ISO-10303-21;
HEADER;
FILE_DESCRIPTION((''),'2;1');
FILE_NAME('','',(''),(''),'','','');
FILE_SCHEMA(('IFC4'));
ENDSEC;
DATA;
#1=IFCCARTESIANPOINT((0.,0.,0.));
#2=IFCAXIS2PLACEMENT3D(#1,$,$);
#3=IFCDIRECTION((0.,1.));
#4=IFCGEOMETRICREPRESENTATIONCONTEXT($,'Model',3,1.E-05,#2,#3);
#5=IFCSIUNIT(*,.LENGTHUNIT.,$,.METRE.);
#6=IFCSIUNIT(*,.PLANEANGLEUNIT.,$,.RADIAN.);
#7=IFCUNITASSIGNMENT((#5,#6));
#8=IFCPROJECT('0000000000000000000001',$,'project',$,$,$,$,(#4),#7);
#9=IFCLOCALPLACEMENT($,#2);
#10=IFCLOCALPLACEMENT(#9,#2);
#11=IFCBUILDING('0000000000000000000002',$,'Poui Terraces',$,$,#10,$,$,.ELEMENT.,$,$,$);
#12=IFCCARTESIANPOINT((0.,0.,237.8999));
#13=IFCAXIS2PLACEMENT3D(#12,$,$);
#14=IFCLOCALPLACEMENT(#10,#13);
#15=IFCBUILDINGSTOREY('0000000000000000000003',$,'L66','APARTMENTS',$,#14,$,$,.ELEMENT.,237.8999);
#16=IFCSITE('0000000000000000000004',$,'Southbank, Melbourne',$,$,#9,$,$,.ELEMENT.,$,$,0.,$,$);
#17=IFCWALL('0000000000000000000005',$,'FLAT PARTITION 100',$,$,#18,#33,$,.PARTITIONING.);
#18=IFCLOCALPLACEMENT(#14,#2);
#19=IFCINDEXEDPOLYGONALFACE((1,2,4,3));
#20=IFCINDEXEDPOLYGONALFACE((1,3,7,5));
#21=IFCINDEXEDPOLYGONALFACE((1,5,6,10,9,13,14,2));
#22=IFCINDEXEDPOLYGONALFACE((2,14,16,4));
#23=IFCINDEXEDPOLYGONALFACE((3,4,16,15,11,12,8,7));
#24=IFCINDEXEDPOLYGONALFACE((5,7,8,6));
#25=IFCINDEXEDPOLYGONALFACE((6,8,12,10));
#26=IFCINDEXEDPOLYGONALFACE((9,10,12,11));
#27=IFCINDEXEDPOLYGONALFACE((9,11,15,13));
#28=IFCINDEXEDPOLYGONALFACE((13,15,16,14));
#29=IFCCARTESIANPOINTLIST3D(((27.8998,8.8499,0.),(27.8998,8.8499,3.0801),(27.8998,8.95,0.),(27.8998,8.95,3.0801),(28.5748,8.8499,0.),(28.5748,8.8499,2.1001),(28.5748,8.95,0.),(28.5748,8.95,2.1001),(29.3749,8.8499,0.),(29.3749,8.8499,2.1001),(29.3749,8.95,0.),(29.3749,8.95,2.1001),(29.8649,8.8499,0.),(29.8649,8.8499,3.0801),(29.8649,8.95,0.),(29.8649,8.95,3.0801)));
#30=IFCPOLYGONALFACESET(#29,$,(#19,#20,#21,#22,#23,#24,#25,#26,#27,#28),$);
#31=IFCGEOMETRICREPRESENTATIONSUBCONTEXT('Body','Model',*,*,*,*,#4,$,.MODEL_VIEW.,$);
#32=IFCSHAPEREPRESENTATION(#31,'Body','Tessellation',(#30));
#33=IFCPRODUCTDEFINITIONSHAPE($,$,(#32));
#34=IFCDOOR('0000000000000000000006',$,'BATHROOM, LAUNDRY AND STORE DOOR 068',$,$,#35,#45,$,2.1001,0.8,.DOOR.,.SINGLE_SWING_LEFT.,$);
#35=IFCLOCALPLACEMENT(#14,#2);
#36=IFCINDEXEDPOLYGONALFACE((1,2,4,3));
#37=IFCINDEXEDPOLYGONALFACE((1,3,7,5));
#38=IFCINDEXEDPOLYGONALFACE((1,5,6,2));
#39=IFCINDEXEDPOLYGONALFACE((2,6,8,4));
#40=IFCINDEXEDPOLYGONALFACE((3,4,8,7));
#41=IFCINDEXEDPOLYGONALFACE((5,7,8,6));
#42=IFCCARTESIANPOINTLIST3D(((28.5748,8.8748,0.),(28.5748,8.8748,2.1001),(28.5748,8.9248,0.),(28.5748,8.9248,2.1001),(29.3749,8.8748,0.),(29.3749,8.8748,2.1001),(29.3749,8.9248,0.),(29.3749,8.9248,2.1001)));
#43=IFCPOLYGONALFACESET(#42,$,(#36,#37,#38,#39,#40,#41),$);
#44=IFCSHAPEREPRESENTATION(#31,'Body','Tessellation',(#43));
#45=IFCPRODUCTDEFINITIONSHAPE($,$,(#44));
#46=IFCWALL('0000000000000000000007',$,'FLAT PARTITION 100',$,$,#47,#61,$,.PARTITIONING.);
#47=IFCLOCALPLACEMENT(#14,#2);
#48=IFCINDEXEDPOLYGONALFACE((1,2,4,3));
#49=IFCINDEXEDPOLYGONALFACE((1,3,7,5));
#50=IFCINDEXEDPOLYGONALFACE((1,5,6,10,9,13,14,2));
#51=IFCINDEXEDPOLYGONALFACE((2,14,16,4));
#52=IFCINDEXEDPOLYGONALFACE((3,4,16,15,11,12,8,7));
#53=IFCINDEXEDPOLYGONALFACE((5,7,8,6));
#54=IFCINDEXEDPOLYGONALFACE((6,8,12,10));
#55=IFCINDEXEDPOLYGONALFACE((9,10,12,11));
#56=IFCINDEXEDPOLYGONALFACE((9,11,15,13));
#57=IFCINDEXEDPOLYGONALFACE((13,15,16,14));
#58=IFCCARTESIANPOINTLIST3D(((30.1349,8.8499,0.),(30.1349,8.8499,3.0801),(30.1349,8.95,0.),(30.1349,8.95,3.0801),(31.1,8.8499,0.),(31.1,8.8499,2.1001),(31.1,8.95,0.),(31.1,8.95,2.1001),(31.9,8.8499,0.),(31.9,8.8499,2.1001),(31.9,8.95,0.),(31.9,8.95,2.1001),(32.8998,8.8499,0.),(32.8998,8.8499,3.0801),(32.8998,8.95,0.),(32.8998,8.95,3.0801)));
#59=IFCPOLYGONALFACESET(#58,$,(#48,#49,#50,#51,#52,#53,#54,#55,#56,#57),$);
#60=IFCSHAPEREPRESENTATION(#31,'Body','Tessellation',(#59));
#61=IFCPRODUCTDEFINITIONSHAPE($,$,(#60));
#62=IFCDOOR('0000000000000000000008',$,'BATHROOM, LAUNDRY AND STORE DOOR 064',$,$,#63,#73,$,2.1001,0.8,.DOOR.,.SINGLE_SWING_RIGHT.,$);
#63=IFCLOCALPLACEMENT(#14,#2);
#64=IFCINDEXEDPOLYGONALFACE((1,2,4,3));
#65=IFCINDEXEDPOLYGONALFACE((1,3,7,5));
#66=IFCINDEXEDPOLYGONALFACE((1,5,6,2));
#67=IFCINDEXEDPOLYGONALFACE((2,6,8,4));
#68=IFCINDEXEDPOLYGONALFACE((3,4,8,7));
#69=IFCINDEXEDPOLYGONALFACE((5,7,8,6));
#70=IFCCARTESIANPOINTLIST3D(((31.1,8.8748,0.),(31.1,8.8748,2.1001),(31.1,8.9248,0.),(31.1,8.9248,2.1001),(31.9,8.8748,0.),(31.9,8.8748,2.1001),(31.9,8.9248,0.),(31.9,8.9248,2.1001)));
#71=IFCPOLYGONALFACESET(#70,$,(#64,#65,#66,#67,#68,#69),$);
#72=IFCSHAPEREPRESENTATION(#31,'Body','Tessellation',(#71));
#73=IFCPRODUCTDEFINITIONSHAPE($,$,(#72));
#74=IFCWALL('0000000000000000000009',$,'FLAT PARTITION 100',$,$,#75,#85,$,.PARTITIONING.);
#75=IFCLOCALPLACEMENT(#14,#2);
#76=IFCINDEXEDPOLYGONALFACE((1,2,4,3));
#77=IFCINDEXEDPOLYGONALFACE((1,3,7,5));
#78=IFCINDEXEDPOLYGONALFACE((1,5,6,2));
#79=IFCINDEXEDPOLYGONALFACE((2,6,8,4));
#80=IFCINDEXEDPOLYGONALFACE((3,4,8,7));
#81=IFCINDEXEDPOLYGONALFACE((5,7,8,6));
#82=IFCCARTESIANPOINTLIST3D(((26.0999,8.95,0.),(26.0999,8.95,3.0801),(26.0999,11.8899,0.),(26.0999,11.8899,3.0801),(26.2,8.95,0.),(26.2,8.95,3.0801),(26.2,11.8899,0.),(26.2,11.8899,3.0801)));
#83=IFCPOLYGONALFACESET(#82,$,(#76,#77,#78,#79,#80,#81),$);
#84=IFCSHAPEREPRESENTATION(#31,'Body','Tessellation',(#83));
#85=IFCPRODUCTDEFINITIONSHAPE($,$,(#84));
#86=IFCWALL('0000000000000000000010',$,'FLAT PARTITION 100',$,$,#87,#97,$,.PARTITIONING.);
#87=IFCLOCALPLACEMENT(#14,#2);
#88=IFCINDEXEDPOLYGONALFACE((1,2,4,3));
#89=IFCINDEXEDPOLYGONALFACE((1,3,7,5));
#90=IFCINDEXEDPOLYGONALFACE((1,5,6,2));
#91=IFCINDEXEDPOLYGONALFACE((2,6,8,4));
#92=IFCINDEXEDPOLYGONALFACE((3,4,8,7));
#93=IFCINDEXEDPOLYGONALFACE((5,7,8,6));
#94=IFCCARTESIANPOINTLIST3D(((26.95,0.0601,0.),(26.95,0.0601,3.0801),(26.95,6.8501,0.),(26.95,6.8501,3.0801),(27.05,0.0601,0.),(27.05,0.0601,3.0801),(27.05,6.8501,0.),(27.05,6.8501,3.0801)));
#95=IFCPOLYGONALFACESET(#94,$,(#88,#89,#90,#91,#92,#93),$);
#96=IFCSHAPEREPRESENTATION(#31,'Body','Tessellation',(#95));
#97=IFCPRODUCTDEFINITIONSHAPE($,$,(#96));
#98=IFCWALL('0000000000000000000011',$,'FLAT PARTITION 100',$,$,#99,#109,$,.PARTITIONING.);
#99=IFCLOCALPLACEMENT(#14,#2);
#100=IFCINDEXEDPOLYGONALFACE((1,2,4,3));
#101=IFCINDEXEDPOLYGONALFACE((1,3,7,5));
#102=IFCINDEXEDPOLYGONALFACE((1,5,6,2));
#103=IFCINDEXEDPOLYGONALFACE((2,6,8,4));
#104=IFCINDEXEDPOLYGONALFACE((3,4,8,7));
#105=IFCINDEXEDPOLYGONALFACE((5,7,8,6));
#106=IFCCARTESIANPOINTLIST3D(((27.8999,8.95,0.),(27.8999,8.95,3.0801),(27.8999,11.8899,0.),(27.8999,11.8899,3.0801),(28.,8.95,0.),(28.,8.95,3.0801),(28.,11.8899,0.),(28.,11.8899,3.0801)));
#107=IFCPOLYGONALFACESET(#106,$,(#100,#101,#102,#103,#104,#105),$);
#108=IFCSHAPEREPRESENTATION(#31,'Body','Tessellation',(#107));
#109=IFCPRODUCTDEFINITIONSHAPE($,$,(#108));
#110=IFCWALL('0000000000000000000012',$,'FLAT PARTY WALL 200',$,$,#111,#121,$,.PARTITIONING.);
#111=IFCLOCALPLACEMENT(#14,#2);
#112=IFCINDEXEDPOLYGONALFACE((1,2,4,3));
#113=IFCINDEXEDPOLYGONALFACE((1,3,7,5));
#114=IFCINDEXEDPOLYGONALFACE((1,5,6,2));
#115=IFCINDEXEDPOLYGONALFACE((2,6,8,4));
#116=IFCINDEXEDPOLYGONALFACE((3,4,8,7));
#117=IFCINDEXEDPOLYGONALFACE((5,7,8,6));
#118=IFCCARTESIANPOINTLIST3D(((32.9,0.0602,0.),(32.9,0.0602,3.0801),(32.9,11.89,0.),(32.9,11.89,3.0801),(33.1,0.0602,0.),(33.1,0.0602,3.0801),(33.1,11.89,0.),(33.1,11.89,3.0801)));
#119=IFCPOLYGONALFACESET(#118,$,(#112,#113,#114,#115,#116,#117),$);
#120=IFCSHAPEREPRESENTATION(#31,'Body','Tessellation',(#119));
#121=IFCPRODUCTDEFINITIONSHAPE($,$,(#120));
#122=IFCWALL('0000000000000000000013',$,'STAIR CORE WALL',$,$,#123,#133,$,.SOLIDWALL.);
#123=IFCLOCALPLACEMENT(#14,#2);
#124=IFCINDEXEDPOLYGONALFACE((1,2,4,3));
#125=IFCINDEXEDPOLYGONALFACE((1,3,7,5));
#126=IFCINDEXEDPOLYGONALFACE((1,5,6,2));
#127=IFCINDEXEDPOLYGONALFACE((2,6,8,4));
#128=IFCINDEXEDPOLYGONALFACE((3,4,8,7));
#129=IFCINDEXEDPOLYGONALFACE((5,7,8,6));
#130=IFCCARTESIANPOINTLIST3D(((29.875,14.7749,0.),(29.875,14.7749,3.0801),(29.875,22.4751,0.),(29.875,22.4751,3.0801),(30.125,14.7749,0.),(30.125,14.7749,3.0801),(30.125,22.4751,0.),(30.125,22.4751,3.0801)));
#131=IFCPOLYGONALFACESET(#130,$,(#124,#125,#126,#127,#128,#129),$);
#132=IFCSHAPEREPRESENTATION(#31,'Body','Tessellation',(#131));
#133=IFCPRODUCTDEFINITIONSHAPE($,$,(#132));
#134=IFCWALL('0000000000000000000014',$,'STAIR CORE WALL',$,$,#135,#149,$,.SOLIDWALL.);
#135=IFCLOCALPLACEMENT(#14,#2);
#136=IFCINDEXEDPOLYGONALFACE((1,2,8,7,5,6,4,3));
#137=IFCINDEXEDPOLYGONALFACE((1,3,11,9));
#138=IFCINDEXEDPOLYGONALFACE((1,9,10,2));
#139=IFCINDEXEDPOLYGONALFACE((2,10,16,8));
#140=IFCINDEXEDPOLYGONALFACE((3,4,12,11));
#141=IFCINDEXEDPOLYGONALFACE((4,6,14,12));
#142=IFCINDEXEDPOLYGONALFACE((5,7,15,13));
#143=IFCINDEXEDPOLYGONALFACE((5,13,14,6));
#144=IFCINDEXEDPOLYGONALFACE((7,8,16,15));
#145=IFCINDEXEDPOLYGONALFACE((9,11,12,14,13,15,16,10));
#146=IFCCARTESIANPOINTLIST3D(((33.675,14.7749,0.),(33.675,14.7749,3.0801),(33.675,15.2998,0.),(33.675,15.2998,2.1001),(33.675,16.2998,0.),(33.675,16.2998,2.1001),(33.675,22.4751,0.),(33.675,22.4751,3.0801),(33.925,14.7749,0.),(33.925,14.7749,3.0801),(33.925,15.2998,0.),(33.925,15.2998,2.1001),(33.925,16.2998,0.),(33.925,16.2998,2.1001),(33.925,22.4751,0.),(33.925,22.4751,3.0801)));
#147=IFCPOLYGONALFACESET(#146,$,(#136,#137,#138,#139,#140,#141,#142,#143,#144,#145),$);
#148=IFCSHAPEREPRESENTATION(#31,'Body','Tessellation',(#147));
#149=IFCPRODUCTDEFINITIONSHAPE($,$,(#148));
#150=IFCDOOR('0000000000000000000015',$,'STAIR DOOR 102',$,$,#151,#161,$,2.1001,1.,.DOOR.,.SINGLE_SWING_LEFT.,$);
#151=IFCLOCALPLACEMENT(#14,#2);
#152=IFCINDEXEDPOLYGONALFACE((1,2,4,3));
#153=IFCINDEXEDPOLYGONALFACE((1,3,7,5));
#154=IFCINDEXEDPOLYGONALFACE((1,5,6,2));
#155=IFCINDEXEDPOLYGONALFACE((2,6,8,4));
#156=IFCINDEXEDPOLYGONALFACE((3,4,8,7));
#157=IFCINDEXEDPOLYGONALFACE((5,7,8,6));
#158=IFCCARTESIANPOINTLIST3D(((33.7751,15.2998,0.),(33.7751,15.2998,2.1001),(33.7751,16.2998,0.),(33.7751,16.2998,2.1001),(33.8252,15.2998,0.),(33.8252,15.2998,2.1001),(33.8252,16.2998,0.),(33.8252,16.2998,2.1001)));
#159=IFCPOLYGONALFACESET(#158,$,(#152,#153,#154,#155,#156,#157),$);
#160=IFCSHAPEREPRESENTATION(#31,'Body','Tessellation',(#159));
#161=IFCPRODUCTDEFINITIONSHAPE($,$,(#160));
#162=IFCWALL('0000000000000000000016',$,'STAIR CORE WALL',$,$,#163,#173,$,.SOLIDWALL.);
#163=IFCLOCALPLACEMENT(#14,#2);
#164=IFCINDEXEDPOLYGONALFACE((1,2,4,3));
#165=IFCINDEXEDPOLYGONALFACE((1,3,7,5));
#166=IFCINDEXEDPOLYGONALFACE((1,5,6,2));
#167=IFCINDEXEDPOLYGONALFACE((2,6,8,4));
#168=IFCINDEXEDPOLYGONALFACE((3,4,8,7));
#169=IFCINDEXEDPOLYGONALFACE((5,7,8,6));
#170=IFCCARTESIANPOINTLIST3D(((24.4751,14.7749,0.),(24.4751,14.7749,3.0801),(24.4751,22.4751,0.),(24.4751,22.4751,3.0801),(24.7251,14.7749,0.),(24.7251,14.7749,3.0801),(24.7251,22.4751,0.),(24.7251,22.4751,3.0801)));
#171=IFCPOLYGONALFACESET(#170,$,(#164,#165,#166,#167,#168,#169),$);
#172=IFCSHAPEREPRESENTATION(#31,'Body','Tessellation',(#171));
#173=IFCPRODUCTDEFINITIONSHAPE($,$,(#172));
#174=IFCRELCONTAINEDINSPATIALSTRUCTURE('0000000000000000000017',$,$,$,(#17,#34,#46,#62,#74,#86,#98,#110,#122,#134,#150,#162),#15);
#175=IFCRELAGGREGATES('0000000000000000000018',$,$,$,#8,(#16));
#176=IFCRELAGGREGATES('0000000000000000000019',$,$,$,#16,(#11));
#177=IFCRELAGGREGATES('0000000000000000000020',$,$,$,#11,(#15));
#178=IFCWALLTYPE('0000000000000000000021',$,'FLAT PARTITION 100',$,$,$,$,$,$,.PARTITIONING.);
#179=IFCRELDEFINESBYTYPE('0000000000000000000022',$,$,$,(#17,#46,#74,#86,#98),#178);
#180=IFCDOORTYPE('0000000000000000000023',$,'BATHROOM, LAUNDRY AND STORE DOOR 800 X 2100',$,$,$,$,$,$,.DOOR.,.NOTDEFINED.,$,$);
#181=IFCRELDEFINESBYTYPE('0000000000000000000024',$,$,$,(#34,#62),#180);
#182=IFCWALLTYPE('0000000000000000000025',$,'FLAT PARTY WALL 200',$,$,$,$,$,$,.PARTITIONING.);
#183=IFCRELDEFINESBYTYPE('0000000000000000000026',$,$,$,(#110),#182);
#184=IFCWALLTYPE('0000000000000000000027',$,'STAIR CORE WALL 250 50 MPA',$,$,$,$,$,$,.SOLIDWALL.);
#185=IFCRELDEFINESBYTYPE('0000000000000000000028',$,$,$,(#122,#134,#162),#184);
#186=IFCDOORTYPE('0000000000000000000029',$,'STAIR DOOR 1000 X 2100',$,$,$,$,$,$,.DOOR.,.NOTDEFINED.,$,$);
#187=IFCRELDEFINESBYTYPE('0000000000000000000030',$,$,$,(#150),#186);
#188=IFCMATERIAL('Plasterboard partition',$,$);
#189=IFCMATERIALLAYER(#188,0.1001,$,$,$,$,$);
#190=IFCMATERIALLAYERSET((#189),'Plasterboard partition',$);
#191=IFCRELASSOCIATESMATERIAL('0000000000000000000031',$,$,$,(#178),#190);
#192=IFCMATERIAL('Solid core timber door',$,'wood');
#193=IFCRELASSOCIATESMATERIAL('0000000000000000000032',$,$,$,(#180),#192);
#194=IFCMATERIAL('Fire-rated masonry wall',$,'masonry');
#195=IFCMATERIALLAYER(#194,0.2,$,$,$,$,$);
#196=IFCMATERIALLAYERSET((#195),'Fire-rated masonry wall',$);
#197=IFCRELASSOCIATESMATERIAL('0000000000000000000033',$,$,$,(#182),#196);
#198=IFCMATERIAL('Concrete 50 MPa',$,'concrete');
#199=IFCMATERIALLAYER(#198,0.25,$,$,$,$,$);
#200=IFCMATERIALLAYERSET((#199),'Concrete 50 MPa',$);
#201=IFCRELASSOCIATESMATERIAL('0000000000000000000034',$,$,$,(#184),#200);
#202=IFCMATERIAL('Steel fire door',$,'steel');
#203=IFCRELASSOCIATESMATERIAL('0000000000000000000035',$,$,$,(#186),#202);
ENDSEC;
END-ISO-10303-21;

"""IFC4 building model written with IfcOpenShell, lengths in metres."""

from ifc_helpers import new_model, si_unit, direction, frame, frame_2d, origin, place, context, subcontext, project, spatial, rectangle, extrude, material, layer, layer_set, type_object, element, fill, save


model = new_model("IFC4")

# Units and contexts
model_context = context("Model", 3, precision=1e-05, world=origin(), true_north=direction((0.0, 1.0)))
body_context = subcontext(model_context, "Body", "Model", "MODEL_VIEW")
ifc_project = project(units=[si_unit("LENGTHUNIT", "METRE"), si_unit("PLANEANGLEUNIT", "RADIAN")], contexts=[model_context])

# Site, building, storey
site_placement = place(None, origin())
site = spatial("IfcSite", under=ifc_project, at=site_placement, Name="Southbank, Melbourne", CompositionType="ELEMENT", RefElevation=0.0)
building_placement = place(site_placement, origin())
building = spatial("IfcBuilding", under=site, at=building_placement, Name="Poui Terraces", CompositionType="ELEMENT")
storey_placement = place(building_placement, frame((0.0, 0.0, 237.8999)))
storey = spatial("IfcBuildingStorey", under=building, at=storey_placement, Name="L66", Description="APARTMENTS", CompositionType="ELEMENT", Elevation=237.8999)

# Shared definitions
ifc_material_1 = material(Name="Concrete 50 MPa", Category="concrete")

# Walls, openings, doors
ifc_material_2 = material(Name="Solid core timber door", Category="wood")
ifc_material_3 = material(Name="Plasterboard partition")
ifc_layer_1 = layer(ifc_material_3, 0.1001)
ifc_layer_set_1 = layer_set([ifc_layer_1], Name="Plasterboard partition")
wall_type_1 = type_object("IfcWallType", Name="FLAT PARTITION 100", PredefinedType="PARTITIONING", material=ifc_layer_set_1)
door_type_1 = type_object("IfcDoorType", Name="BATHROOM, LAUNDRY AND STORE DOOR 800 X 2100", OperationType="NOTDEFINED", PredefinedType="DOOR", material=ifc_material_2)
wall_1_placement = place(storey_placement, frame((27.8999, 8.8999, 0.0), z_axis=(0.0, 0.0, 1.0), x_axis=(1.0, 0.0, 0.0)))
wall_1 = element("IfcWall", 1, at=wall_1_placement, inside=storey, type_object=wall_type_1, Name="FLAT PARTITION 100", PredefinedType="PARTITIONING", context=body_context, shape_type="SweptSolid", body=[
    extrude(rectangle(XDim=1.9651, YDim=0.1001, at=frame_2d((0.9824, 0.0))), origin(), (0.0, 0.0, 1.0), 3.0801),
])
opening_1_placement = place(wall_1_placement, frame((0.675, 0.0, 0.0)))
opening_1 = element("IfcOpeningElement", 2, at=opening_1_placement, cuts=wall_1, PredefinedType="OPENING", context=body_context, shape_type="SweptSolid", body=[
    extrude(rectangle(XDim=0.8, YDim=2.1001, at=frame_2d((0.3999, 1.05))), frame((0.0, 0.0601, 0.0), z_axis=(0.0, -1.0, 0.0), x_axis=(1.0, 0.0, 0.0)), (0.0, 0.0, 1.0), 0.1201),
])
door_1_placement = place(opening_1_placement, origin())
door_1 = element("IfcDoor", 3, at=door_1_placement, inside=storey, type_object=door_type_1, Name="BATHROOM, LAUNDRY AND STORE DOOR 068", OperationType="SINGLE_SWING_LEFT", OverallHeight=2.1001, OverallWidth=0.8, PredefinedType="DOOR", context=body_context, shape_type="SweptSolid", body=[
    extrude(rectangle(XDim=0.8, YDim=2.1001, at=frame_2d((0.3999, 1.05))), frame((0.0, 0.0249, 0.0), z_axis=(0.0, -1.0, 0.0), x_axis=(1.0, 0.0, 0.0)), (0.0, 0.0, 1.0), 0.05),
])
fill(opening_1, door_1)
wall_2_placement = place(storey_placement, frame((30.135, 8.8999, 0.0), z_axis=(0.0, 0.0, 1.0), x_axis=(1.0, 0.0, 0.0)))
wall_2 = element("IfcWall", 4, at=wall_2_placement, inside=storey, type_object=wall_type_1, Name="FLAT PARTITION 100", PredefinedType="PARTITIONING", context=body_context, shape_type="SweptSolid", body=[
    extrude(rectangle(XDim=2.7649, YDim=0.1001, at=frame_2d((1.3823, 0.0))), origin(), (0.0, 0.0, 1.0), 3.0801),
])
opening_2_placement = place(wall_2_placement, frame((0.9651, 0.0, 0.0)))
opening_2 = element("IfcOpeningElement", 5, at=opening_2_placement, cuts=wall_2, PredefinedType="OPENING", context=body_context, shape_type="SweptSolid", body=[
    extrude(rectangle(XDim=0.8, YDim=2.1001, at=frame_2d((0.3999, 1.05))), frame((0.0, 0.0601, 0.0), z_axis=(0.0, -1.0, 0.0), x_axis=(1.0, 0.0, 0.0)), (0.0, 0.0, 1.0), 0.1201),
])
door_2_placement = place(opening_2_placement, origin())
door_2 = element("IfcDoor", 6, at=door_2_placement, inside=storey, type_object=door_type_1, Name="BATHROOM, LAUNDRY AND STORE DOOR 064", OperationType="SINGLE_SWING_RIGHT", OverallHeight=2.1001, OverallWidth=0.8, PredefinedType="DOOR", context=body_context, shape_type="SweptSolid", body=[
    extrude(rectangle(XDim=0.8, YDim=2.1001, at=frame_2d((0.3999, 1.05))), frame((0.0, 0.0249, 0.0), z_axis=(0.0, -1.0, 0.0), x_axis=(1.0, 0.0, 0.0)), (0.0, 0.0, 1.0), 0.05),
])
fill(opening_2, door_2)

# Walls
wall_3_placement = place(storey_placement, frame((26.1499, 8.95, 0.0), z_axis=(0.0, 0.0, 1.0), x_axis=(0.0, 1.0, 0.0)))
element("IfcWall", 7, at=wall_3_placement, inside=storey, type_object=wall_type_1, Name="FLAT PARTITION 100", PredefinedType="PARTITIONING", context=body_context, shape_type="SweptSolid", body=[
    extrude(rectangle(XDim=2.9399, YDim=0.1001, at=frame_2d((1.47, 0.0))), origin(), (0.0, 0.0, 1.0), 3.0801),
])
wall_4_placement = place(storey_placement, frame((27.0, 0.0601, 0.0), z_axis=(0.0, 0.0, 1.0), x_axis=(0.0, 1.0, 0.0)))
element("IfcWall", 8, at=wall_4_placement, inside=storey, type_object=wall_type_1, Name="FLAT PARTITION 100", PredefinedType="PARTITIONING", context=body_context, shape_type="SweptSolid", body=[
    extrude(rectangle(XDim=6.79, YDim=0.1001, at=frame_2d((3.395, 0.0))), origin(), (0.0, 0.0, 1.0), 3.0801),
])
wall_5_placement = place(storey_placement, frame((27.95, 8.95, 0.0), z_axis=(0.0, 0.0, 1.0), x_axis=(0.0, 1.0, 0.0)))
element("IfcWall", 9, at=wall_5_placement, inside=storey, type_object=wall_type_1, Name="FLAT PARTITION 100", PredefinedType="PARTITIONING", context=body_context, shape_type="SweptSolid", body=[
    extrude(rectangle(XDim=2.9399, YDim=0.1001, at=frame_2d((1.47, 0.0))), origin(), (0.0, 0.0, 1.0), 3.0801),
])
ifc_material_4 = material(Name="Fire-rated masonry wall", Category="masonry")
ifc_layer_2 = layer(ifc_material_4, 0.2)
ifc_layer_set_2 = layer_set([ifc_layer_2], Name="Fire-rated masonry wall")
wall_type_2 = type_object("IfcWallType", Name="FLAT PARTY WALL 200", PredefinedType="PARTITIONING", material=ifc_layer_set_2)
wall_6_placement = place(storey_placement, frame((33.0, 0.0601, 0.0), z_axis=(0.0, 0.0, 1.0), x_axis=(0.0, 1.0, 0.0)))
element("IfcWall", 10, at=wall_6_placement, inside=storey, type_object=wall_type_2, Name="FLAT PARTY WALL 200", PredefinedType="PARTITIONING", context=body_context, shape_type="SweptSolid", body=[
    extrude(rectangle(XDim=11.8298, YDim=0.2, at=frame_2d((5.915, 0.0))), origin(), (0.0, 0.0, 1.0), 3.0801),
])
ifc_layer_3 = layer(ifc_material_1, 0.25)
ifc_layer_set_3 = layer_set([ifc_layer_3], Name="Concrete 50 MPa")
wall_type_3 = type_object("IfcWallType", Name="STAIR CORE WALL 250 50 MPA", PredefinedType="SOLIDWALL", material=ifc_layer_set_3)
wall_7_placement = place(storey_placement, frame((30.0, 14.7749, 0.0), z_axis=(0.0, 0.0, 1.0), x_axis=(0.0, 1.0, 0.0)))
element("IfcWall", 11, at=wall_7_placement, inside=storey, type_object=wall_type_3, Name="STAIR CORE WALL", PredefinedType="SOLIDWALL", context=body_context, shape_type="SweptSolid", body=[
    extrude(rectangle(XDim=7.7002, YDim=0.25, at=frame_2d((3.8501, 0.0))), origin(), (0.0, 0.0, 1.0), 3.0801),
])

# Wall, opening, door
wall_8_placement = place(storey_placement, frame((33.8, 14.7749, 0.0), z_axis=(0.0, 0.0, 1.0), x_axis=(0.0, 1.0, 0.0)))
wall_8 = element("IfcWall", 12, at=wall_8_placement, inside=storey, type_object=wall_type_3, Name="STAIR CORE WALL", PredefinedType="SOLIDWALL", context=body_context, shape_type="SweptSolid", body=[
    extrude(rectangle(XDim=7.7002, YDim=0.25, at=frame_2d((3.8501, 0.0))), origin(), (0.0, 0.0, 1.0), 3.0801),
])
opening_3_placement = place(wall_8_placement, frame((0.5249, 0.0, 0.0)))
opening_3 = element("IfcOpeningElement", 13, at=opening_3_placement, cuts=wall_8, PredefinedType="OPENING", context=body_context, shape_type="SweptSolid", body=[
    extrude(rectangle(XDim=1.0, YDim=2.1001, at=frame_2d((0.5, 1.05))), frame((0.0, 0.135, 0.0), z_axis=(0.0, -1.0, 0.0), x_axis=(1.0, 0.0, 0.0)), (0.0, 0.0, 1.0), 0.27),
])
ifc_material_5 = material(Name="Steel fire door", Category="steel")
door_type_2 = type_object("IfcDoorType", Name="STAIR DOOR 1000 X 2100", OperationType="NOTDEFINED", PredefinedType="DOOR", material=ifc_material_5)
door_3_placement = place(opening_3_placement, origin())
door_3 = element("IfcDoor", 14, at=door_3_placement, inside=storey, type_object=door_type_2, Name="STAIR DOOR 102", OperationType="SINGLE_SWING_LEFT", OverallHeight=2.1001, OverallWidth=1.0, PredefinedType="DOOR", context=body_context, shape_type="SweptSolid", body=[
    extrude(rectangle(XDim=1.0, YDim=2.1001, at=frame_2d((0.5, 1.05))), frame((0.0, 0.0249, 0.0), z_axis=(0.0, -1.0, 0.0), x_axis=(1.0, 0.0, 0.0)), (0.0, 0.0, 1.0), 0.05),
])
fill(opening_3, door_3)

# Wall
wall_9_placement = place(storey_placement, frame((24.6001, 14.7749, 0.0), z_axis=(0.0, 0.0, 1.0), x_axis=(0.0, 1.0, 0.0)))
element("IfcWall", 15, at=wall_9_placement, inside=storey, type_object=wall_type_3, Name="STAIR CORE WALL", PredefinedType="SOLIDWALL", context=body_context, shape_type="SweptSolid", body=[
    extrude(rectangle(XDim=7.7002, YDim=0.25, at=frame_2d((3.8501, 0.0))), origin(), (0.0, 0.0, 1.0), 3.0801),
])

save(model, "model.ifc")
